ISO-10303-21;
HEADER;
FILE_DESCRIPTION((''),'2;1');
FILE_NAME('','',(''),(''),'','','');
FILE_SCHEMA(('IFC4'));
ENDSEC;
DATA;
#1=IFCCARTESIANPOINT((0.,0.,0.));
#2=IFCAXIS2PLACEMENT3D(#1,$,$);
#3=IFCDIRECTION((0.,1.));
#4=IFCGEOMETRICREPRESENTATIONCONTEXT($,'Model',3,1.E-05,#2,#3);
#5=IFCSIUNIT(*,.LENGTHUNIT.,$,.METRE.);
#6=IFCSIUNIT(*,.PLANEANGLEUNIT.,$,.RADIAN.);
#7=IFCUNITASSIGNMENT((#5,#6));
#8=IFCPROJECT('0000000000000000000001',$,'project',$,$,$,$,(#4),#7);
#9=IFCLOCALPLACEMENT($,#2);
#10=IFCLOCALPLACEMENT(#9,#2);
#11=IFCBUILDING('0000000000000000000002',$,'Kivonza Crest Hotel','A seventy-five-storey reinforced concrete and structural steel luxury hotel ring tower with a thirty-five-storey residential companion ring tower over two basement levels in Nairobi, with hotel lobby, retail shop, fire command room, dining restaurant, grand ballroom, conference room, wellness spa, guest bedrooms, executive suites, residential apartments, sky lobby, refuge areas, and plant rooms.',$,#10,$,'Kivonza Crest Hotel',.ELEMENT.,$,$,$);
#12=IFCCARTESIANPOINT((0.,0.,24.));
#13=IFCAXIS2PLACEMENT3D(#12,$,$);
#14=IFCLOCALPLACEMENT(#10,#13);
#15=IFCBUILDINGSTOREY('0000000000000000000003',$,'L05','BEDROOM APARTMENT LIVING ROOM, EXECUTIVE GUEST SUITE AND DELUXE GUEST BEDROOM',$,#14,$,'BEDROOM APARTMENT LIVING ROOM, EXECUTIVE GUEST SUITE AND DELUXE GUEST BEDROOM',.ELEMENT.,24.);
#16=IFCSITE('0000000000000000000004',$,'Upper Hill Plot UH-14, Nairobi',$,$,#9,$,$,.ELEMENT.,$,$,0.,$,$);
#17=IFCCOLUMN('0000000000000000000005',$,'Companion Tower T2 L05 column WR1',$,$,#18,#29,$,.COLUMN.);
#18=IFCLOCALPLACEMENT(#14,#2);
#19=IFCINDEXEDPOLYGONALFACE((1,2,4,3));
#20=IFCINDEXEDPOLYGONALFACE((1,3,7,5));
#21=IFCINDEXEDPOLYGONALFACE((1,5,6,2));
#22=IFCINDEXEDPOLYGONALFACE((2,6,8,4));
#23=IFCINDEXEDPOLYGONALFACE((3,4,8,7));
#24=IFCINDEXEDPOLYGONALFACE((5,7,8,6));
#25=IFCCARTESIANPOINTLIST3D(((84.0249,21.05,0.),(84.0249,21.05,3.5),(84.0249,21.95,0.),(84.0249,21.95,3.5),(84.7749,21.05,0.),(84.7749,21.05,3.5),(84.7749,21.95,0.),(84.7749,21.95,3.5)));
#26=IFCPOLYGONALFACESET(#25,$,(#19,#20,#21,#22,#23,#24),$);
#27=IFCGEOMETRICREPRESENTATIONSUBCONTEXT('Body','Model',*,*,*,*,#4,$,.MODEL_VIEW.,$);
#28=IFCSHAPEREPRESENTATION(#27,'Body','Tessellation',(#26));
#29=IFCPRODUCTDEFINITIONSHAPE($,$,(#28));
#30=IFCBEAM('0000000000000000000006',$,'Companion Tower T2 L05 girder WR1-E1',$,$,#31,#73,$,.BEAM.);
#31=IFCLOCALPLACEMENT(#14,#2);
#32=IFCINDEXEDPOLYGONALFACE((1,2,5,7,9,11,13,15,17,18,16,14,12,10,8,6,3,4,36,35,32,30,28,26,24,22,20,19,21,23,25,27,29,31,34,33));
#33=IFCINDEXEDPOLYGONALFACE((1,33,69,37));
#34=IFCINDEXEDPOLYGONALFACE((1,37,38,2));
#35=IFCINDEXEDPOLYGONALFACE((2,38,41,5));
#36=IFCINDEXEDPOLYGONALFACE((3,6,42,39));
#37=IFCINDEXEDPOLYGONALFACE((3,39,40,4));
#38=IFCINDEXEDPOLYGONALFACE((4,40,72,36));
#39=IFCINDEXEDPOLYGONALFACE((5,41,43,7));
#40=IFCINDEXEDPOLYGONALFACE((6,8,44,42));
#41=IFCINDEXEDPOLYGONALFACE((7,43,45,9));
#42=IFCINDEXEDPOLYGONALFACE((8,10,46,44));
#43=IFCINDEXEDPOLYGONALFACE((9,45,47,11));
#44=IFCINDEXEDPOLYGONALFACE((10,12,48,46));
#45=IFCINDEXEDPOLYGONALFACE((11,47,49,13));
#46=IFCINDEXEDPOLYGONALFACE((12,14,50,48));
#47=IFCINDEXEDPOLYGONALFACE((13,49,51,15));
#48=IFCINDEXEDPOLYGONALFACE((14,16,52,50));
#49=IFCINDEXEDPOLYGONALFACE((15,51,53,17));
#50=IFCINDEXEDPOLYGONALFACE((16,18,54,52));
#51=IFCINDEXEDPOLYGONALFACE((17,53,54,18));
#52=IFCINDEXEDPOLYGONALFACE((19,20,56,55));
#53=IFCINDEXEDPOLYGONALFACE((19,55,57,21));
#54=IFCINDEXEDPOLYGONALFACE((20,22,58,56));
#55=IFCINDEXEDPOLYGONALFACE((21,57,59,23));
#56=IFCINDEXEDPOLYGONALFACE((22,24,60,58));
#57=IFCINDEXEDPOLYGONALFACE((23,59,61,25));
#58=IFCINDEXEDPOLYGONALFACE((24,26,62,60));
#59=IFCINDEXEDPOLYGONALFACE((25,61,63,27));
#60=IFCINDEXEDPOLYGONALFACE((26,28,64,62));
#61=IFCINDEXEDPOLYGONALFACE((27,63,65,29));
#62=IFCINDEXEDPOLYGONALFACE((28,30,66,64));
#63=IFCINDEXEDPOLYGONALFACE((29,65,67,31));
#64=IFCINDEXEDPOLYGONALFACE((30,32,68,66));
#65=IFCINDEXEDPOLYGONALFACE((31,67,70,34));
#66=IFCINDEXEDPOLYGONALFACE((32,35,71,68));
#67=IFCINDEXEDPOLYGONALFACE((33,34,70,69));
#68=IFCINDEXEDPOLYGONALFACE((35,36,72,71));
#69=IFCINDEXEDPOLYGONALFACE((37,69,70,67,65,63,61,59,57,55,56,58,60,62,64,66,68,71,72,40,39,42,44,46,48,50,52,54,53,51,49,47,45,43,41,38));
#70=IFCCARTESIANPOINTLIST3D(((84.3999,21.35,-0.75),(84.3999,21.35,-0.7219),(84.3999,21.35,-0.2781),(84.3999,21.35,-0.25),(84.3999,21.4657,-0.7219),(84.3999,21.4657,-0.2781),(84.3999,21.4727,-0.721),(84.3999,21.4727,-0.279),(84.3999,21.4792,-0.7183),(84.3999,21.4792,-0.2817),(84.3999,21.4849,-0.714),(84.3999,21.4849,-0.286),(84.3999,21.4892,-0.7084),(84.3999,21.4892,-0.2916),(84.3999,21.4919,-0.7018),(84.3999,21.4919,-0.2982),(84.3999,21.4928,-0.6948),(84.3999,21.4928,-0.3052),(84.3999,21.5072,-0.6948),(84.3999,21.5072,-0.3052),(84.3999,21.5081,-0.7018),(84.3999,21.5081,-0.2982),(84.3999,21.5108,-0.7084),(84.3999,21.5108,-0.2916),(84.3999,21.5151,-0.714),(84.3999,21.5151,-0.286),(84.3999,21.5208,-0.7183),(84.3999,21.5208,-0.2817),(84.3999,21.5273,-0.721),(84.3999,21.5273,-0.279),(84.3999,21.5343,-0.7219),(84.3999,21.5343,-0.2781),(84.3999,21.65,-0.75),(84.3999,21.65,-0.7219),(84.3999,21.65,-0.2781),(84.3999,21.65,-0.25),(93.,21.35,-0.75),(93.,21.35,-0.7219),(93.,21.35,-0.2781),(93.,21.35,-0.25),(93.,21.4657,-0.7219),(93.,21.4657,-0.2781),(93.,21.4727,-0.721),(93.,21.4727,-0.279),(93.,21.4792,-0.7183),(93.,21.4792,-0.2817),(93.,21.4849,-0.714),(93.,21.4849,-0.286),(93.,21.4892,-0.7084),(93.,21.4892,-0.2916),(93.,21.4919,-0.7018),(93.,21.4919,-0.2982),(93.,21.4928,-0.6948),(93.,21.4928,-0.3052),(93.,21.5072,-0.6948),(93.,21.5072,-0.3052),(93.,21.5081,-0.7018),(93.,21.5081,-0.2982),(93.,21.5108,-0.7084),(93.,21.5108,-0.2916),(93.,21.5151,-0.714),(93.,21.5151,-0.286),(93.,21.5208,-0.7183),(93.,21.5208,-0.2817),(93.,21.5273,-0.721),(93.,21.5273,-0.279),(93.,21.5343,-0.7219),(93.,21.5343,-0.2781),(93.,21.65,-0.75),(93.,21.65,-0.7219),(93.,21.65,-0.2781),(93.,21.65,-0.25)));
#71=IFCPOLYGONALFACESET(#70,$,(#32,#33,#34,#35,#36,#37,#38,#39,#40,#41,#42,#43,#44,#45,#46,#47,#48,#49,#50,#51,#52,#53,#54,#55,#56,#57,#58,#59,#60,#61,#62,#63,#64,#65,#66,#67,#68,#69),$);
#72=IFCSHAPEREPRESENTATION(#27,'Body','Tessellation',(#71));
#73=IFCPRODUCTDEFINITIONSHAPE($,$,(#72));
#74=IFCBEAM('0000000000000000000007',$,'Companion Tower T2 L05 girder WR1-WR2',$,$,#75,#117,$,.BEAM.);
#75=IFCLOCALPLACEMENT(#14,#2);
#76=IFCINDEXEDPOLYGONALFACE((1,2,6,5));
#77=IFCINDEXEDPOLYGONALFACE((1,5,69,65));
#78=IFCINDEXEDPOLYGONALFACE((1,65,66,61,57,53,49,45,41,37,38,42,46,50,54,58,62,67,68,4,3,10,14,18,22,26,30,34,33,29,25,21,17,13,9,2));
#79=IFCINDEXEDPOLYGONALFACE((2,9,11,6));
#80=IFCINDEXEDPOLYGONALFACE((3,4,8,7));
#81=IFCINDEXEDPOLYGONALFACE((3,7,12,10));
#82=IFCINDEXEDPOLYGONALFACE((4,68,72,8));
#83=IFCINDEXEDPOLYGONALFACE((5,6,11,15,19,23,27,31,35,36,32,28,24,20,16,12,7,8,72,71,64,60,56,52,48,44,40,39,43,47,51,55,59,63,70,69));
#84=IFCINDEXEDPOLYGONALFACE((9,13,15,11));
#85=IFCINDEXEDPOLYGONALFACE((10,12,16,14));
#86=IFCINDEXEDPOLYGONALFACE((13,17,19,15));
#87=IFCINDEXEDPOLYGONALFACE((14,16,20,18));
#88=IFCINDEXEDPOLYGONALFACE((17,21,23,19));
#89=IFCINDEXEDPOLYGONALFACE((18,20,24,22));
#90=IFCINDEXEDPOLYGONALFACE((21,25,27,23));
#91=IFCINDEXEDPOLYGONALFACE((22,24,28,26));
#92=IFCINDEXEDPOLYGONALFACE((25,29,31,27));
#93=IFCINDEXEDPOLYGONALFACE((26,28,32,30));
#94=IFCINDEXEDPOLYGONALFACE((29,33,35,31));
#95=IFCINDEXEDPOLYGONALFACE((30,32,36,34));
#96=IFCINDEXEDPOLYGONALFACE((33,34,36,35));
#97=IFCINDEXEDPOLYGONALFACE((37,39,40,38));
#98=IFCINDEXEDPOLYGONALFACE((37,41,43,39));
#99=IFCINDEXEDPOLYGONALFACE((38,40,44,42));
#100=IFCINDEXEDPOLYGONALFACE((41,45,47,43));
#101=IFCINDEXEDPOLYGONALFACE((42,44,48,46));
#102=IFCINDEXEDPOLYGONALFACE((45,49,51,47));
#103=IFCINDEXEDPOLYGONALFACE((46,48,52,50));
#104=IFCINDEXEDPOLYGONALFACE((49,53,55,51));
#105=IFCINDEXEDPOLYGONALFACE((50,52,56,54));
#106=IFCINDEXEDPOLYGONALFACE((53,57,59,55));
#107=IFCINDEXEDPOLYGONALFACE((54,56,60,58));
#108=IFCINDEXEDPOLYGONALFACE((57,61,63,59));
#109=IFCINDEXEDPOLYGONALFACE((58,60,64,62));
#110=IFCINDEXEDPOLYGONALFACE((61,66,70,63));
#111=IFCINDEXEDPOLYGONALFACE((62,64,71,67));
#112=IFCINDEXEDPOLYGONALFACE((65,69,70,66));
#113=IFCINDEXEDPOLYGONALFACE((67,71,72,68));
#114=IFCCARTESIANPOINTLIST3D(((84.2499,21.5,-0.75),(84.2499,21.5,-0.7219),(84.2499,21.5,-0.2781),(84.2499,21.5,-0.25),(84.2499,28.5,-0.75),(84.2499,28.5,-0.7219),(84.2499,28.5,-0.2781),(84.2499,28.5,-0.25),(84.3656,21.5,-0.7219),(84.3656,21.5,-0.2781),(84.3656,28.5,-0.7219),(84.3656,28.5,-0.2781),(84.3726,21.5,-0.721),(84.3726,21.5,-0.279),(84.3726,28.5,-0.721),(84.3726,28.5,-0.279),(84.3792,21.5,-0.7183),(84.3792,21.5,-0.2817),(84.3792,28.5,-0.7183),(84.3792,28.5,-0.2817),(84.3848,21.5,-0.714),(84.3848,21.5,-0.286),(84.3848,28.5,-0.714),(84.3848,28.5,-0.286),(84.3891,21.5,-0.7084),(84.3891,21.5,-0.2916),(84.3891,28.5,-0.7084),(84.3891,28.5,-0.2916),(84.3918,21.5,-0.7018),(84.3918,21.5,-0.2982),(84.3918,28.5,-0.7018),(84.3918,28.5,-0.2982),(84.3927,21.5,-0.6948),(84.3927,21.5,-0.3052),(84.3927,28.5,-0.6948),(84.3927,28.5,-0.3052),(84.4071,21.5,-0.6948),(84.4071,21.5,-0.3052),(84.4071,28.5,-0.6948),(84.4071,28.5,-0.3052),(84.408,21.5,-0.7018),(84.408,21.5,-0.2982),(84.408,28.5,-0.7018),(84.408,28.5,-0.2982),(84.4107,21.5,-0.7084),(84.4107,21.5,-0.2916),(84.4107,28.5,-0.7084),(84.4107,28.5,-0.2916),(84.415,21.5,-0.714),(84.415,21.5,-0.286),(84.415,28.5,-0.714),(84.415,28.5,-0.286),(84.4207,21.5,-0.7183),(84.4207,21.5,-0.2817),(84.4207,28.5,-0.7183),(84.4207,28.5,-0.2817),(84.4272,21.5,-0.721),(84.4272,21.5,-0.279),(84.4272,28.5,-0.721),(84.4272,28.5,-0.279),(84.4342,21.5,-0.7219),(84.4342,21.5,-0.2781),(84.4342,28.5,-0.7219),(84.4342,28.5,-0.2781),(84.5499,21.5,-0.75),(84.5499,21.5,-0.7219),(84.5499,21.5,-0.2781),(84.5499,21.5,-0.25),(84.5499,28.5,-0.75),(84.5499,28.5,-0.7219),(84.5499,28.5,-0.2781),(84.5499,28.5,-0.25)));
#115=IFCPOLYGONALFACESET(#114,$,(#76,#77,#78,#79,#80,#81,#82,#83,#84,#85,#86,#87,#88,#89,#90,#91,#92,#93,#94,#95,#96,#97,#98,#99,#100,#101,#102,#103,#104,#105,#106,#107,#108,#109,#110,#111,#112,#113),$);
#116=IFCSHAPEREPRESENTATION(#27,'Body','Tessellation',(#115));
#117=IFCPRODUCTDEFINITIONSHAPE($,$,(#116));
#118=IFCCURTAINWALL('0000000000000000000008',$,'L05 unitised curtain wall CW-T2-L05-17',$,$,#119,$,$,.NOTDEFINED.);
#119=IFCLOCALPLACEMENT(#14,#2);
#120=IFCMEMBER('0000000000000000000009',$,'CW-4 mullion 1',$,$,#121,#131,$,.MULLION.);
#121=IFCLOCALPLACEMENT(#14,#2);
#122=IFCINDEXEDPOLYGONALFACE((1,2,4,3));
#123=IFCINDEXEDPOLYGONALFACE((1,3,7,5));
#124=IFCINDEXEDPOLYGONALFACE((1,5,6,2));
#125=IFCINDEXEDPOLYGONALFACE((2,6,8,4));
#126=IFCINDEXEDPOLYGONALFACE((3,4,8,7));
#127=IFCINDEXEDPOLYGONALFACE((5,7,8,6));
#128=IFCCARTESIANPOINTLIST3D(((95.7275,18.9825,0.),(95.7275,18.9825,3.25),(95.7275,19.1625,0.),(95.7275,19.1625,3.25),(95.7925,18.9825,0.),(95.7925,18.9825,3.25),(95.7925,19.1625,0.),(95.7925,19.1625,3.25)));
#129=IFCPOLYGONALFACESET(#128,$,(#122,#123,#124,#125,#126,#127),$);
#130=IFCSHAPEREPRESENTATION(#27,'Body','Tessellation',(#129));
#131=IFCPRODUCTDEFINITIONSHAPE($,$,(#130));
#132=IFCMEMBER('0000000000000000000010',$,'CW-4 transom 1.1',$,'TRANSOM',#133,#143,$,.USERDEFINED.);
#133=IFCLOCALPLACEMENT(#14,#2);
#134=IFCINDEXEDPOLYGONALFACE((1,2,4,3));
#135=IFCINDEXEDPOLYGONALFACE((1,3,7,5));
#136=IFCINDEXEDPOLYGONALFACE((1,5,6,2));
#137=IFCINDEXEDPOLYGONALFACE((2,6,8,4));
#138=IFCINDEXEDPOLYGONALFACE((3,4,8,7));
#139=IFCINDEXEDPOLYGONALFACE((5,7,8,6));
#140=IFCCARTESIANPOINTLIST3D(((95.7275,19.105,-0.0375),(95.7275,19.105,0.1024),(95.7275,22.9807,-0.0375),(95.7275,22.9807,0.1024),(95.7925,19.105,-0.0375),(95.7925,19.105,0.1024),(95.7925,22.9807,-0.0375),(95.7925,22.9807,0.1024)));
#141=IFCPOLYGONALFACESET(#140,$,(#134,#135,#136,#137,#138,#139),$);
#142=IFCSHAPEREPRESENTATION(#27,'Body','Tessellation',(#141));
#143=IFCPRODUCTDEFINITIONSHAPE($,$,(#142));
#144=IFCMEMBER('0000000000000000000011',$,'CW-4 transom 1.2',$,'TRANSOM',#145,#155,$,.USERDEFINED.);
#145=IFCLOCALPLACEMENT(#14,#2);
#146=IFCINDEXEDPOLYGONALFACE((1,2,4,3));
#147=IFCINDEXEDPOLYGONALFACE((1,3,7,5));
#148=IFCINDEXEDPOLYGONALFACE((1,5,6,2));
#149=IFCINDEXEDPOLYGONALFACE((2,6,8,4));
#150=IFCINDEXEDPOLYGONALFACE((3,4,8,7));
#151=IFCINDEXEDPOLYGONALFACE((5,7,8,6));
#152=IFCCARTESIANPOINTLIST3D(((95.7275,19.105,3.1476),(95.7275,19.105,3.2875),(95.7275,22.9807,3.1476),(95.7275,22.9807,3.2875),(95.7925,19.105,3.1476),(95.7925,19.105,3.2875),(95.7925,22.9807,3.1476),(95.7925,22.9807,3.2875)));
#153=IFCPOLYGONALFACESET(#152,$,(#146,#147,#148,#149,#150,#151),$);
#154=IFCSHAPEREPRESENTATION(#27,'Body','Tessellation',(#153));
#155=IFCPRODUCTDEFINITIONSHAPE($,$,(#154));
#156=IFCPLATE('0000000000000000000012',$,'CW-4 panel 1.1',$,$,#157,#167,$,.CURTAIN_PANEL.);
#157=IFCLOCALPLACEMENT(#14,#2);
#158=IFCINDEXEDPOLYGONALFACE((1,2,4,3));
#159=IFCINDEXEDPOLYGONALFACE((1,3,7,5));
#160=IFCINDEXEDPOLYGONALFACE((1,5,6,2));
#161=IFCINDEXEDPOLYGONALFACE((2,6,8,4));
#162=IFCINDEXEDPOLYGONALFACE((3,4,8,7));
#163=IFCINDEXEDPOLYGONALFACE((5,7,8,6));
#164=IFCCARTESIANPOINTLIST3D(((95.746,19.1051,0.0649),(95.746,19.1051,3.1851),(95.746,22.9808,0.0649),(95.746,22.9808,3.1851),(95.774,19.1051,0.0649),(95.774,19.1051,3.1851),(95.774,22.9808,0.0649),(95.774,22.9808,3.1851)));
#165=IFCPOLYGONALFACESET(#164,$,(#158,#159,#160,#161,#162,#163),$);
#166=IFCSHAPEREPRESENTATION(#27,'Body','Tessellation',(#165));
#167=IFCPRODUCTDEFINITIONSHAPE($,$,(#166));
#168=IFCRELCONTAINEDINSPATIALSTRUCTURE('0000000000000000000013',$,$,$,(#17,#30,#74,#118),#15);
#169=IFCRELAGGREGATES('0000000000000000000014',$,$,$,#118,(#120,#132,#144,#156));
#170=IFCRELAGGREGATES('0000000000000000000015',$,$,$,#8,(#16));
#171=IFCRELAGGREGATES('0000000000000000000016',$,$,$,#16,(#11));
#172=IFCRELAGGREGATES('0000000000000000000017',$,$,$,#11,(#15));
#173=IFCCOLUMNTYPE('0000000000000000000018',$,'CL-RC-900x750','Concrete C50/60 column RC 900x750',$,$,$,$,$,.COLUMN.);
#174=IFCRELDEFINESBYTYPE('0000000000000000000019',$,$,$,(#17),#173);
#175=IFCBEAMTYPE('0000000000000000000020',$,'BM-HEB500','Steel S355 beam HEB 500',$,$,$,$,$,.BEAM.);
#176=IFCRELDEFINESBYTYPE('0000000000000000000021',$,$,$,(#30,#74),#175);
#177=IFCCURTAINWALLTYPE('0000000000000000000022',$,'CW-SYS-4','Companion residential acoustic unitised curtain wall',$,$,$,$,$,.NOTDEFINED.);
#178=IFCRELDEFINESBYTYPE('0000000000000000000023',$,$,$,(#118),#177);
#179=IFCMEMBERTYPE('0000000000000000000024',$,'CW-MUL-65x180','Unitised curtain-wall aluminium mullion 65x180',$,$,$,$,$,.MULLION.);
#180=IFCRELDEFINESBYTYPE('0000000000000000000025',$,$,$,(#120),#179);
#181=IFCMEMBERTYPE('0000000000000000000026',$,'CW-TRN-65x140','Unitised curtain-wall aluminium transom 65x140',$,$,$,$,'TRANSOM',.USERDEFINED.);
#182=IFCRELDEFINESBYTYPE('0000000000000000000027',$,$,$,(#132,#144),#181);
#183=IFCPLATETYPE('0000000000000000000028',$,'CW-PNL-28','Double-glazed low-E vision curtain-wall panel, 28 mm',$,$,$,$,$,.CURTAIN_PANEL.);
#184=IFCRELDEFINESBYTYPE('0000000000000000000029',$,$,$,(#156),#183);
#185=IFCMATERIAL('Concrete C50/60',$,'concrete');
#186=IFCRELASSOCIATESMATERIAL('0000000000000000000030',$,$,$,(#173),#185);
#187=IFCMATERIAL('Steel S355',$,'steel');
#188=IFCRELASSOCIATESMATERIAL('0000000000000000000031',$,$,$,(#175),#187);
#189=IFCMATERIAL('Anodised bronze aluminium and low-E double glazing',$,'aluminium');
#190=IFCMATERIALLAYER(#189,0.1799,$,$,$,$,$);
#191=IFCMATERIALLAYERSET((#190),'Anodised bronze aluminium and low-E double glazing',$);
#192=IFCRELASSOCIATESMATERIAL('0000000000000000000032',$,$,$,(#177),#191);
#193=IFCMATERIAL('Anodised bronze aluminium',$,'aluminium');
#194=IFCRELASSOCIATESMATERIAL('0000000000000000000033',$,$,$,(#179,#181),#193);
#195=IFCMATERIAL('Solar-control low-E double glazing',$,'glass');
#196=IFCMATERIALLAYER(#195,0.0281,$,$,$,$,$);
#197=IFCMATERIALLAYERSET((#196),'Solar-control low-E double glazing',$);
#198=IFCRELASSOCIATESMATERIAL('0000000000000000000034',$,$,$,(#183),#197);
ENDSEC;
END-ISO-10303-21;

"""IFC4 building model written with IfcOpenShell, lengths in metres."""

from ifc_helpers import new_model, si_unit, direction, frame, origin, origin_2d, place, context, subcontext, project, spatial, rectangle, i_section, extrude, material, layer, layer_set, material_profile, profile_set, type_object, element, aggregate, save


model = new_model("IFC4")

# Units and contexts
model_context = context("Model", 3, precision=1e-05, world=origin(), true_north=direction((0.0, 1.0)))
body_context = subcontext(model_context, "Body", "Model", "MODEL_VIEW")
ifc_project = project(units=[si_unit("LENGTHUNIT", "METRE"), si_unit("PLANEANGLEUNIT", "RADIAN")], contexts=[model_context])

# Site, building, storey
site_placement = place(None, origin())
site = spatial("IfcSite", under=ifc_project, at=site_placement, Name="Upper Hill Plot UH-14, Nairobi", CompositionType="ELEMENT", RefElevation=0.0)
building_placement = place(site_placement, origin())
building = spatial("IfcBuilding", under=site, at=building_placement, Name="Kivonza Crest Hotel", Description="A seventy-five-storey reinforced concrete and structural steel luxury hotel ring tower with a thirty-five-storey residential companion ring tower over two basement levels in Nairobi, with hotel lobby, retail shop, fire command room, dining restaurant, grand ballroom, conference room, wellness spa, guest bedrooms, executive suites, residential apartments, sky lobby, refuge areas, and plant rooms.", LongName="Kivonza Crest Hotel", CompositionType="ELEMENT")
storey_placement = place(building_placement, frame((0.0, 0.0, 24.0)))
storey = spatial("IfcBuildingStorey", under=building, at=storey_placement, Name="L05", Description="BEDROOM APARTMENT LIVING ROOM, EXECUTIVE GUEST SUITE AND DELUXE GUEST BEDROOM", LongName="BEDROOM APARTMENT LIVING ROOM, EXECUTIVE GUEST SUITE AND DELUXE GUEST BEDROOM", CompositionType="ELEMENT", Elevation=24.0)

# Column
ifc_material_1 = material(Name="Concrete C50/60", Category="concrete")
ifc_material_profile_1 = material_profile(ifc_material_1, rectangle(XDim=0.75, YDim=0.8999, at=origin_2d()), Name="RC 900x750")
ifc_profile_set_1 = profile_set([ifc_material_profile_1], Name="Concrete C50/60")
column_type = type_object("IfcColumnType", Name="CL-RC-900x750", Description="Concrete C50/60 column RC 900x750", PredefinedType="COLUMN", material=ifc_profile_set_1)
column_placement = place(storey_placement, frame((84.3999, 21.5, 0.0), z_axis=(0.0, 0.0, 1.0), x_axis=(1.0, 0.0, 0.0)))
element("IfcColumn", 1, at=column_placement, inside=storey, type_object=column_type, Name="Companion Tower T2 L05 column WR1", PredefinedType="COLUMN", context=body_context, shape_type="SweptSolid", body=[
    extrude(rectangle(XDim=0.75, YDim=0.8999, at=origin_2d()), origin(), (0.0, 0.0, 1.0), 3.5),
])

# Beams
ifc_material_2 = material(Name="Steel S355", Category="steel")
ifc_material_profile_2 = material_profile(ifc_material_2, i_section(OverallWidth=0.3, OverallDepth=0.5, WebThickness=0.0144, FlangeThickness=0.0281, FilletRadius=0.0271, at=origin_2d()), Name="HEB 500")
ifc_profile_set_2 = profile_set([ifc_material_profile_2], Name="Steel S355")
beam_type = type_object("IfcBeamType", Name="BM-HEB500", Description="Steel S355 beam HEB 500", PredefinedType="BEAM", material=ifc_profile_set_2)
beam_1_placement = place(storey_placement, frame((84.3999, 21.5, -0.5), z_axis=(1.0, 0.0, 0.0), x_axis=(0.0, 1.0, 0.0)))
element("IfcBeam", 2, at=beam_1_placement, inside=storey, type_object=beam_type, Name="Companion Tower T2 L05 girder WR1-E1", PredefinedType="BEAM", context=body_context, shape_type="SweptSolid", body=[
    extrude(i_section(OverallWidth=0.3, OverallDepth=0.5, WebThickness=0.0144, FlangeThickness=0.0281, FilletRadius=0.0271, at=origin_2d()), origin(), (0.0, 0.0, 1.0), 8.6001),
])
beam_2_placement = place(storey_placement, frame((84.3999, 21.5, -0.5), z_axis=(0.0, 1.0, 0.0), x_axis=(-1.0, 0.0, 0.0)))
element("IfcBeam", 3, at=beam_2_placement, inside=storey, type_object=beam_type, Name="Companion Tower T2 L05 girder WR1-WR2", PredefinedType="BEAM", context=body_context, shape_type="SweptSolid", body=[
    extrude(i_section(OverallWidth=0.3, OverallDepth=0.5, WebThickness=0.0144, FlangeThickness=0.0281, FilletRadius=0.0271, at=origin_2d()), origin(), (0.0, 0.0, 1.0), 7.0),
])

# Curtain wall, members, plate
ifc_material_3 = material(Name="Anodised bronze aluminium and low-E double glazing", Category="aluminium")
ifc_layer_1 = layer(ifc_material_3, 0.1799)
ifc_layer_set_1 = layer_set([ifc_layer_1], Name="Anodised bronze aluminium and low-E double glazing")
curtain_wall_type = type_object("IfcCurtainWallType", Name="CW-SYS-4", Description="Companion residential acoustic unitised curtain wall", PredefinedType="NOTDEFINED", material=ifc_layer_set_1)
curtain_wall_placement = place(storey_placement, origin())
curtain_wall = element("IfcCurtainWall", 4, at=curtain_wall_placement, inside=storey, type_object=curtain_wall_type, Name="L05 unitised curtain wall CW-T2-L05-17", PredefinedType="NOTDEFINED")
ifc_material_4 = material(Name="Anodised bronze aluminium", Category="aluminium")
ifc_material_profile_3 = material_profile(ifc_material_4, rectangle(XDim=0.0649, YDim=0.1799, at=origin_2d()), Name="CW-M 65x180")
ifc_profile_set_3 = profile_set([ifc_material_profile_3], Name="Anodised bronze aluminium")
member_type_1 = type_object("IfcMemberType", Name="CW-MUL-65x180", Description="Unitised curtain-wall aluminium mullion 65x180", PredefinedType="MULLION", material=ifc_profile_set_3)
member_1_placement = place(storey_placement, frame((95.76, 19.0725, 0.0), z_axis=(0.0, 0.0, 1.0), x_axis=(-1.0, 0.0, 0.0)))
member_1 = element("IfcMember", 5, at=member_1_placement, type_object=member_type_1, Name="CW-4 mullion 1", PredefinedType="MULLION", context=body_context, shape_type="SweptSolid", body=[
    extrude(rectangle(XDim=0.0649, YDim=0.1799, at=origin_2d()), origin(), (0.0, 0.0, 1.0), 3.25),
])
ifc_material_profile_4 = material_profile(ifc_material_4, rectangle(XDim=0.0649, YDim=0.1399, at=origin_2d()), Name="CW-T 65x140")
ifc_profile_set_4 = profile_set([ifc_material_profile_4], Name="Anodised bronze aluminium")
member_type_2 = type_object("IfcMemberType", Name="CW-TRN-65x140", Description="Unitised curtain-wall aluminium transom 65x140", ElementType="TRANSOM", PredefinedType="USERDEFINED", material=ifc_profile_set_4)
member_2_placement = place(storey_placement, frame((95.76, 19.105, 0.0325), z_axis=(0.0, 1.0, 0.0), x_axis=(-1.0, 0.0, 0.0)))
member_2 = element("IfcMember", 6, at=member_2_placement, type_object=member_type_2, Name="CW-4 transom 1.1", ObjectType="TRANSOM", PredefinedType="USERDEFINED", context=body_context, shape_type="SweptSolid", body=[
    extrude(rectangle(XDim=0.0649, YDim=0.1399, at=origin_2d()), origin(), (0.0, 0.0, 1.0), 3.8757),
])
member_3_placement = place(storey_placement, frame((95.76, 19.105, 3.2175), z_axis=(0.0, 1.0, 0.0), x_axis=(-1.0, 0.0, 0.0)))
member_3 = element("IfcMember", 7, at=member_3_placement, type_object=member_type_2, Name="CW-4 transom 1.2", ObjectType="TRANSOM", PredefinedType="USERDEFINED", context=body_context, shape_type="SweptSolid", body=[
    extrude(rectangle(XDim=0.0649, YDim=0.1399, at=origin_2d()), origin(), (0.0, 0.0, 1.0), 3.8757),
])
ifc_material_5 = material(Name="Solar-control low-E double glazing", Category="glass")
ifc_layer_2 = layer(ifc_material_5, 0.0281)
ifc_layer_set_2 = layer_set([ifc_layer_2], Name="Solar-control low-E double glazing")
plate_type = type_object("IfcPlateType", Name="CW-PNL-28", Description="Double-glazed low-E vision curtain-wall panel, 28 mm", PredefinedType="CURTAIN_PANEL", material=ifc_layer_set_2)
plate_placement = place(storey_placement, frame((95.76, 21.043, 0.0649), z_axis=(0.0, 0.0, 1.0), x_axis=(0.0, 1.0, 0.0)))
plate = element("IfcPlate", 8, at=plate_placement, type_object=plate_type, Name="CW-4 panel 1.1", PredefinedType="CURTAIN_PANEL", context=body_context, shape_type="SweptSolid", body=[
    extrude(rectangle(XDim=3.8757, YDim=0.0281, at=origin_2d()), origin(), (0.0, 0.0, 1.0), 3.1201),
])
aggregate(curtain_wall, [member_1, member_2, member_3, plate])

save(model, "model.ifc")
